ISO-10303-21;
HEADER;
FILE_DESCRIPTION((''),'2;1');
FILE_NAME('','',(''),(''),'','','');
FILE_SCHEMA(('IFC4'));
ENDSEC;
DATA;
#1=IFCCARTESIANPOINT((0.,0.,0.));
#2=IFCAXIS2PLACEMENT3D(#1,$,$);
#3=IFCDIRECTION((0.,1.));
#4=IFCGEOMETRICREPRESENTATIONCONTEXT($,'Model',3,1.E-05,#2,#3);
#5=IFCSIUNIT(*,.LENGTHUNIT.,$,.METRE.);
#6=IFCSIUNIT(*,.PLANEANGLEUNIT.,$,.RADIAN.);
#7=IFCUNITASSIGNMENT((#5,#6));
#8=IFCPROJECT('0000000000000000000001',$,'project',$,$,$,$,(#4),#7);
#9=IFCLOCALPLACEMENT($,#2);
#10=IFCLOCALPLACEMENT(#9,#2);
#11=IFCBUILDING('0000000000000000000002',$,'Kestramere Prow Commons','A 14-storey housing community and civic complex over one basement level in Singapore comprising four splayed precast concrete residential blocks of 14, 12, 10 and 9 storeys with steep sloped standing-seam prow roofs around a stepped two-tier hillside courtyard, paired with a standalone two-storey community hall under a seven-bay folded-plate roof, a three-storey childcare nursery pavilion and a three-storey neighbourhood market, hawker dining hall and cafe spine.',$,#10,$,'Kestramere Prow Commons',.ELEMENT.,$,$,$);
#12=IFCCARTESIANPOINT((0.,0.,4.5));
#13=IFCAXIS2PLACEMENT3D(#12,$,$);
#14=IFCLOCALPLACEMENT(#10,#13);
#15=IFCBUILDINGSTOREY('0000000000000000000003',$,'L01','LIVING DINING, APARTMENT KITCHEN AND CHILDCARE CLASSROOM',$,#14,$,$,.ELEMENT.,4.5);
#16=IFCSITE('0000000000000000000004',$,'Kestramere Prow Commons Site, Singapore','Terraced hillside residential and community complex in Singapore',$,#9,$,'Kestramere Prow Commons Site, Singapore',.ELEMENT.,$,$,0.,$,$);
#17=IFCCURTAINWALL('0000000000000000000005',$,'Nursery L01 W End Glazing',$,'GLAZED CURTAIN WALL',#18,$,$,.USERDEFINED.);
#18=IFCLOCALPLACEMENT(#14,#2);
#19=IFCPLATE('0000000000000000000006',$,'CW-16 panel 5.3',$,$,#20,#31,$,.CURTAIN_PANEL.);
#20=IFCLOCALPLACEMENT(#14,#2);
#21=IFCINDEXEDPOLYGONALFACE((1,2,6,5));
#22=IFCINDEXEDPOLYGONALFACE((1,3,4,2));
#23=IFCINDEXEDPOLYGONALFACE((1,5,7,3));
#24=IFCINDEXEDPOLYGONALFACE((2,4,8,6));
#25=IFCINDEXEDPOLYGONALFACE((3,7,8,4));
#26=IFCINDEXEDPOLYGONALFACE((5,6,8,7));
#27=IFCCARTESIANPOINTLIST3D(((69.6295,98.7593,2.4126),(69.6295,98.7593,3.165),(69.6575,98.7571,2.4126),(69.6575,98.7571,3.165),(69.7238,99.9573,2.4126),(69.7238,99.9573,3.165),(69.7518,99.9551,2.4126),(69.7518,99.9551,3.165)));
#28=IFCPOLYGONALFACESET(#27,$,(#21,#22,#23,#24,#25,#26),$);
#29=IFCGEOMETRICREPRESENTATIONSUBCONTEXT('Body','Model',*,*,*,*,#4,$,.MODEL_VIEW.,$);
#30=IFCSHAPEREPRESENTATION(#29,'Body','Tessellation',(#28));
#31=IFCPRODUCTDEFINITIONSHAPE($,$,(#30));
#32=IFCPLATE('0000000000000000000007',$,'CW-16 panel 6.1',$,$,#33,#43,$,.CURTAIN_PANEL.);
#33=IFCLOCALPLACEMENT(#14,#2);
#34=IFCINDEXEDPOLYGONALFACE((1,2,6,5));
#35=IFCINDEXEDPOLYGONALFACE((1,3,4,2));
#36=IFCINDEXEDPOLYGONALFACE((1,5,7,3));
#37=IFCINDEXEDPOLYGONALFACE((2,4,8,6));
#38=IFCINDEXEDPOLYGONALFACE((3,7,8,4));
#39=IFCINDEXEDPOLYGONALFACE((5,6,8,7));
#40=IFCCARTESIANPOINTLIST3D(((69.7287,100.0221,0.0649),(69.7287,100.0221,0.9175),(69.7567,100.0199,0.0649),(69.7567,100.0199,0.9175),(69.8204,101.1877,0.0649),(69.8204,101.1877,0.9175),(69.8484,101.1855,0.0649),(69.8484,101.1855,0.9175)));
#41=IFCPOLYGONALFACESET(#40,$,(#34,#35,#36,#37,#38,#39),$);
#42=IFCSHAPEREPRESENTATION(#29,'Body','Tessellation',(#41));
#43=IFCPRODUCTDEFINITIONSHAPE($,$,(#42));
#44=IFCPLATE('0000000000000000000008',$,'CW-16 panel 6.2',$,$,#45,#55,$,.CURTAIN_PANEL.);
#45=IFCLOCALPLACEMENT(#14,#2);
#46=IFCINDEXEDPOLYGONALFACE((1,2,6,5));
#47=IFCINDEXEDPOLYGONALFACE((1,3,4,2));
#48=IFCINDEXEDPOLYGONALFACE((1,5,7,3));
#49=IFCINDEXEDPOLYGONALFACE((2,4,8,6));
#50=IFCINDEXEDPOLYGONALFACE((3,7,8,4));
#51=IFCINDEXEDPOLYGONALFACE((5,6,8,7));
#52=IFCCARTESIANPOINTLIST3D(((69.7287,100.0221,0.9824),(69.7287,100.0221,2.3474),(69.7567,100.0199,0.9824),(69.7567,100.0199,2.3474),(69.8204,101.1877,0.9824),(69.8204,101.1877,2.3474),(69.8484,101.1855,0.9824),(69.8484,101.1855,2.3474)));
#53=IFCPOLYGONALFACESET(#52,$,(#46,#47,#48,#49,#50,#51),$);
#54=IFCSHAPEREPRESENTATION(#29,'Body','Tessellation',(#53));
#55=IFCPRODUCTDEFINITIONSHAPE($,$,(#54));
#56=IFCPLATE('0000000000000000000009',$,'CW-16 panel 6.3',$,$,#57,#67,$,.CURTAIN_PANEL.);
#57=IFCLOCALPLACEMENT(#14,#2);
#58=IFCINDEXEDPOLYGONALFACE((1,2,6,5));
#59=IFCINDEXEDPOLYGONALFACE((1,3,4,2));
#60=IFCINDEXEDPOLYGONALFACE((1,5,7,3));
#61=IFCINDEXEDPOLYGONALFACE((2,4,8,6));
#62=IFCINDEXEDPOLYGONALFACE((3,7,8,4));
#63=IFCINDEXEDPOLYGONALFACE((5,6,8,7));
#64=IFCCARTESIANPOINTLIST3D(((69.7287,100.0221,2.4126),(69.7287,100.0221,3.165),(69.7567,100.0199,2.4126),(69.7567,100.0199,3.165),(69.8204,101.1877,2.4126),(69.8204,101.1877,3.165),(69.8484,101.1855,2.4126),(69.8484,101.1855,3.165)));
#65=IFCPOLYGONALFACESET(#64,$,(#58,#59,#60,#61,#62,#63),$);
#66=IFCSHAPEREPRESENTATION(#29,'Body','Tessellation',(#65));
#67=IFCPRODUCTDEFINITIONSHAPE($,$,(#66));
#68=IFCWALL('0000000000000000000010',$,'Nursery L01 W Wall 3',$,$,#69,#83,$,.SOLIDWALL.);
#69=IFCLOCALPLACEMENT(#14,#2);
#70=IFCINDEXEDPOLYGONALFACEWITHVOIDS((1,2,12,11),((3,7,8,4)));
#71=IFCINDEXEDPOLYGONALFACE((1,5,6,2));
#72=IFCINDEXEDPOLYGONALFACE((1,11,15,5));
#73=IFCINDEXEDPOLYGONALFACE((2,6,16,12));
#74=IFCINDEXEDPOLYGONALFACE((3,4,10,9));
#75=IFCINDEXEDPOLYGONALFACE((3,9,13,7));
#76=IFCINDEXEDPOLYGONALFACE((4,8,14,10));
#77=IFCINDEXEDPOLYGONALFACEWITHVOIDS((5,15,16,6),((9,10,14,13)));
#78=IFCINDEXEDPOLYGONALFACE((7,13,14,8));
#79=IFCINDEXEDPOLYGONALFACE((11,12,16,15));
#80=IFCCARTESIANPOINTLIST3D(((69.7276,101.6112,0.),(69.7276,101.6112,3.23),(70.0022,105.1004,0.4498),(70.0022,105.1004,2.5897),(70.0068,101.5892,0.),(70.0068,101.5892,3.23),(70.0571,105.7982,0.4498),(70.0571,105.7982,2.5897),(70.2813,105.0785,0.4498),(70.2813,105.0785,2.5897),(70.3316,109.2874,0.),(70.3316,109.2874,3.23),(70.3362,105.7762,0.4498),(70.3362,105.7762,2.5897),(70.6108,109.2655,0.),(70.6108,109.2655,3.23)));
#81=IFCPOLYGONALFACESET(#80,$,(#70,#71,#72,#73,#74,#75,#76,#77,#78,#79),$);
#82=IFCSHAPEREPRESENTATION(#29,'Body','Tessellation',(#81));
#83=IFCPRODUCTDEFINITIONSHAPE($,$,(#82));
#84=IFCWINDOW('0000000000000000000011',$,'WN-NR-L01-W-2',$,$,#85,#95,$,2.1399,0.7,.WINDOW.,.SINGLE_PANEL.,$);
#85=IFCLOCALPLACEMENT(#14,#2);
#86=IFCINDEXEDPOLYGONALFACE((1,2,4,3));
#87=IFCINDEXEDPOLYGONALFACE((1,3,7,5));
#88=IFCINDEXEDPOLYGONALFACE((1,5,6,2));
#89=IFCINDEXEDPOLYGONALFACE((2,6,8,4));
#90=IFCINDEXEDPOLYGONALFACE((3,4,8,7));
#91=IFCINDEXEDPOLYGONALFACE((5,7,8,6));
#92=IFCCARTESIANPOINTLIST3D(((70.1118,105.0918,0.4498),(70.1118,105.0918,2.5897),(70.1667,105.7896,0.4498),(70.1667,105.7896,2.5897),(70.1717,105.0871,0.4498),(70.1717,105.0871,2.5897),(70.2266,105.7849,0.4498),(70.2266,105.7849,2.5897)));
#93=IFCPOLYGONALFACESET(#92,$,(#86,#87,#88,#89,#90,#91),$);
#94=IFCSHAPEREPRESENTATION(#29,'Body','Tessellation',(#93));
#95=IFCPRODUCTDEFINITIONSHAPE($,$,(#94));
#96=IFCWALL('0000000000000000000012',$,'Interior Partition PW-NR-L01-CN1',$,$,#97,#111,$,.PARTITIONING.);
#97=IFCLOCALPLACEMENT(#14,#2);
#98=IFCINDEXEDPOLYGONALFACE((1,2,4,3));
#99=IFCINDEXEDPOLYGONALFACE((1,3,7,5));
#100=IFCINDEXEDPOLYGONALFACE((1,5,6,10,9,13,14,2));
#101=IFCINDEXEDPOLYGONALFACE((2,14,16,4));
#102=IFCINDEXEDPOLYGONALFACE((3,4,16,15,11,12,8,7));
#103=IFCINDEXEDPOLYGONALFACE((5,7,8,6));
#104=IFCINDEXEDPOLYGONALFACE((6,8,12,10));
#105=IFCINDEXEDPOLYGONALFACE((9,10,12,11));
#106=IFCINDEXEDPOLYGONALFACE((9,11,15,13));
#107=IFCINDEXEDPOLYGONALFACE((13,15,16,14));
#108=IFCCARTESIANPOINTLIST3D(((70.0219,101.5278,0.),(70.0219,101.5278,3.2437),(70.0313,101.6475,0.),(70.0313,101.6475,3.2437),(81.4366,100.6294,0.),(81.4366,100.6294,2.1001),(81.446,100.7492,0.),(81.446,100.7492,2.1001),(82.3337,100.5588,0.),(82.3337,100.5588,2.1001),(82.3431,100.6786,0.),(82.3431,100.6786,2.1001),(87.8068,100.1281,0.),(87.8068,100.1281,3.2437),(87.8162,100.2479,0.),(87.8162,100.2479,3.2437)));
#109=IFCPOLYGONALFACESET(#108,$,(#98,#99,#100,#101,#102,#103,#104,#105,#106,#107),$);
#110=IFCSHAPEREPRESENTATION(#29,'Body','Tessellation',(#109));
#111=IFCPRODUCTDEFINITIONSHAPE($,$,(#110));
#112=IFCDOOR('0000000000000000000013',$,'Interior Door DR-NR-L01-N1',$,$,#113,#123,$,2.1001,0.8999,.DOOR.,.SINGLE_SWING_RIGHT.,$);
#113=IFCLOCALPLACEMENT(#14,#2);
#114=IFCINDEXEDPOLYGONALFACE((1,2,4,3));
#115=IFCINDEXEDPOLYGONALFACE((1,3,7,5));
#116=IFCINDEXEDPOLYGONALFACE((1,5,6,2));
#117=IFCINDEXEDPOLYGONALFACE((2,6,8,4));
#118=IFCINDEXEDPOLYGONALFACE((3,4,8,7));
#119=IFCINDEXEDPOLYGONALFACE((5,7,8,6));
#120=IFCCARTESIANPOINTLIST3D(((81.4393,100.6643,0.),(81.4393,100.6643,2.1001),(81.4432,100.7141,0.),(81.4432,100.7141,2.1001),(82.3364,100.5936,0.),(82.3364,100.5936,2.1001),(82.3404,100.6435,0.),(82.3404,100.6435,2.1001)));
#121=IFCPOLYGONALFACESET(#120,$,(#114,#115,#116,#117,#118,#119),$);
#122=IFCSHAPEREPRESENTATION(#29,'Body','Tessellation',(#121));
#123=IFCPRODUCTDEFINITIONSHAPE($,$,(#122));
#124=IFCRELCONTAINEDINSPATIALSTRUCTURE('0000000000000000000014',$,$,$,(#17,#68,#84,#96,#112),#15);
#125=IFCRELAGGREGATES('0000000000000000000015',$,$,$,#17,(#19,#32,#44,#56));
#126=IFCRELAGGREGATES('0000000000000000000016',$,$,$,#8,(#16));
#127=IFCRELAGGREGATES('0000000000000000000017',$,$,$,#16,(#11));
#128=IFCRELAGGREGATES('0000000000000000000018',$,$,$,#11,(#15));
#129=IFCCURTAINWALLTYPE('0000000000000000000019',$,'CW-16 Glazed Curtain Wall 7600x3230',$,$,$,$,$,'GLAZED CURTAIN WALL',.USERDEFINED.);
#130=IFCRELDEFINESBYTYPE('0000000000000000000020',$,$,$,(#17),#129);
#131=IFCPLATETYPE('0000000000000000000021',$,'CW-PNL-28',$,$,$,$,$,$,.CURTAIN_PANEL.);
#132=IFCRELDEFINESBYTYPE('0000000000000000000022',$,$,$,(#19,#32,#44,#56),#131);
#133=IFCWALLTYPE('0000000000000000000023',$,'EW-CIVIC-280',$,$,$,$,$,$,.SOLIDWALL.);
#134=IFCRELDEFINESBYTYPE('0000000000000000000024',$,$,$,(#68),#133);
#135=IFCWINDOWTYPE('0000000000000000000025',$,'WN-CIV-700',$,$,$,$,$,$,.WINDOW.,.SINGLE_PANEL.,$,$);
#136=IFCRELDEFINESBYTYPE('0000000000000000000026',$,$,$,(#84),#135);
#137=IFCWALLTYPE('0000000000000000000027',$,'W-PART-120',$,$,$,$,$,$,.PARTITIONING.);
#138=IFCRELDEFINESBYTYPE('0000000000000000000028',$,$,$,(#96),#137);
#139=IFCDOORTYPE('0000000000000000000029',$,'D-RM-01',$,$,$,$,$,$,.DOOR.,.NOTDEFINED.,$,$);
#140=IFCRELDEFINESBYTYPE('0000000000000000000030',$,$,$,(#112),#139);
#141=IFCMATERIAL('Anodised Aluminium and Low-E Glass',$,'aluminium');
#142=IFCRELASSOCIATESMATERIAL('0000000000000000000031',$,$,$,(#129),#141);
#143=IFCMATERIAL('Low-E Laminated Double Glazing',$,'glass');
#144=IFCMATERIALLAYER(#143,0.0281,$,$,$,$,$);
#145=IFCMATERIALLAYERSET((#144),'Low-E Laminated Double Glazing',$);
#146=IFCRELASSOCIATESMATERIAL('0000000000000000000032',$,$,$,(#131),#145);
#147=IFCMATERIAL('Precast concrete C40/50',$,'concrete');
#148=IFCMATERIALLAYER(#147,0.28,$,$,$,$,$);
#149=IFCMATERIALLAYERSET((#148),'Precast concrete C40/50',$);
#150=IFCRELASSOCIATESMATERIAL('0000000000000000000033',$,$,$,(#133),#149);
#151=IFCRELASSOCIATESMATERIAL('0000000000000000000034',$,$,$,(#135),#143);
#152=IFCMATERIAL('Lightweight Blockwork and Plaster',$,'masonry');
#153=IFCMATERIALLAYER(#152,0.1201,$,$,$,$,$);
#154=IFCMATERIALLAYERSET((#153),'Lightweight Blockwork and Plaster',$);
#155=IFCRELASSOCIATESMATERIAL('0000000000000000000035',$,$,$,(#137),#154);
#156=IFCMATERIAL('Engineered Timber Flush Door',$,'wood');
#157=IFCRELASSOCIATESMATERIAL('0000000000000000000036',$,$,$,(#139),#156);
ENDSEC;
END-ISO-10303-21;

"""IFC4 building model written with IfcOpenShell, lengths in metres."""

from ifc_helpers import new_model, si_unit, direction, frame, frame_2d, origin, origin_2d, place, context, subcontext, project, spatial, rectangle, extrude, material, layer, layer_set, type_object, element, fill, aggregate, save


model = new_model("IFC4")

# Units and contexts
model_context = context("Model", 3, precision=1e-05, world=origin(), true_north=direction((0.0, 1.0)))
body_context = subcontext(model_context, "Body", "Model", "MODEL_VIEW")
ifc_project = project(units=[si_unit("LENGTHUNIT", "METRE"), si_unit("PLANEANGLEUNIT", "RADIAN")], contexts=[model_context])

# Site, building, storey
site_placement = place(None, origin())
site = spatial("IfcSite", under=ifc_project, at=site_placement, Name="Kestramere Prow Commons Site, Singapore", Description="Terraced hillside residential and community complex in Singapore", LongName="Kestramere Prow Commons Site, Singapore", CompositionType="ELEMENT", RefElevation=0.0)
building_placement = place(site_placement, origin())
building = spatial("IfcBuilding", under=site, at=building_placement, Name="Kestramere Prow Commons", Description="A 14-storey housing community and civic complex over one basement level in Singapore comprising four splayed precast concrete residential blocks of 14, 12, 10 and 9 storeys with steep sloped standing-seam prow roofs around a stepped two-tier hillside courtyard, paired with a standalone two-storey community hall under a seven-bay folded-plate roof, a three-storey childcare nursery pavilion and a three-storey neighbourhood market, hawker dining hall and cafe spine.", LongName="Kestramere Prow Commons", CompositionType="ELEMENT")
storey_placement = place(building_placement, frame((0.0, 0.0, 4.5)))
storey = spatial("IfcBuildingStorey", under=building, at=storey_placement, Name="L01", Description="LIVING DINING, APARTMENT KITCHEN AND CHILDCARE CLASSROOM", CompositionType="ELEMENT", Elevation=4.5)

# Curtain wall, plates
ifc_material_1 = material(Name="Anodised Aluminium and Low-E Glass", Category="aluminium")
curtain_wall_type = type_object("IfcCurtainWallType", Name="CW-16 Glazed Curtain Wall 7600x3230", ElementType="GLAZED CURTAIN WALL", PredefinedType="USERDEFINED", material=ifc_material_1)
curtain_wall_placement = place(storey_placement, origin())
curtain_wall = element("IfcCurtainWall", 1, at=curtain_wall_placement, inside=storey, type_object=curtain_wall_type, Name="Nursery L01 W End Glazing", ObjectType="GLAZED CURTAIN WALL", PredefinedType="USERDEFINED")
ifc_material_2 = material(Name="Low-E Laminated Double Glazing", Category="glass")
ifc_layer_1 = layer(ifc_material_2, 0.0281)
ifc_layer_set_1 = layer_set([ifc_layer_1], Name="Low-E Laminated Double Glazing")
plate_type = type_object("IfcPlateType", Name="CW-PNL-28", PredefinedType="CURTAIN_PANEL", material=ifc_layer_set_1)
plate_1_placement = place(storey_placement, frame((69.6907, 99.3572, 2.4126), z_axis=(0.0, 0.0, 1.0), x_axis=(0.078459, 0.996917, 0.0)))
plate_1 = element("IfcPlate", 2, at=plate_1_placement, type_object=plate_type, Name="CW-16 panel 5.3", PredefinedType="CURTAIN_PANEL", context=body_context, shape_type="SweptSolid", body=[
    extrude(rectangle(XDim=1.2017, YDim=0.0281, at=origin_2d()), origin(), (0.0, 0.0, 1.0), 0.7524),
])
plate_2_placement = place(storey_placement, frame((69.7886, 100.6038, 0.0649), z_axis=(0.0, 0.0, 1.0), x_axis=(0.078459, 0.996917, 0.0)))
plate_2 = element("IfcPlate", 3, at=plate_2_placement, type_object=plate_type, Name="CW-16 panel 6.1", PredefinedType="CURTAIN_PANEL", context=body_context, shape_type="SweptSolid", body=[
    extrude(rectangle(XDim=1.1692, YDim=0.0281, at=origin_2d()), origin(), (0.0, 0.0, 1.0), 0.8525),
])
plate_3_placement = place(storey_placement, frame((69.7886, 100.6038, 0.9824), z_axis=(0.0, 0.0, 1.0), x_axis=(0.078459, 0.996917, 0.0)))
plate_3 = element("IfcPlate", 4, at=plate_3_placement, type_object=plate_type, Name="CW-16 panel 6.2", PredefinedType="CURTAIN_PANEL", context=body_context, shape_type="SweptSolid", body=[
    extrude(rectangle(XDim=1.1692, YDim=0.0281, at=origin_2d()), origin(), (0.0, 0.0, 1.0), 1.365),
])
plate_4_placement = place(storey_placement, frame((69.7886, 100.6038, 2.4126), z_axis=(0.0, 0.0, 1.0), x_axis=(0.078459, 0.996917, 0.0)))
plate_4 = element("IfcPlate", 5, at=plate_4_placement, type_object=plate_type, Name="CW-16 panel 6.3", PredefinedType="CURTAIN_PANEL", context=body_context, shape_type="SweptSolid", body=[
    extrude(rectangle(XDim=1.1692, YDim=0.0281, at=origin_2d()), origin(), (0.0, 0.0, 1.0), 0.7524),
])
aggregate(curtain_wall, [plate_1, plate_2, plate_3, plate_4])

# Wall, opening, window
ifc_material_3 = material(Name="Precast concrete C40/50", Category="concrete")
ifc_layer_2 = layer(ifc_material_3, 0.28)
ifc_layer_set_2 = layer_set([ifc_layer_2], Name="Precast concrete C40/50")
wall_type_1 = type_object("IfcWallType", Name="EW-CIVIC-280", PredefinedType="SOLIDWALL", material=ifc_layer_set_2)
wall_1_placement = place(storey_placement, frame((69.8672, 101.6001, 0.0), z_axis=(0.0, 0.0, 1.0), x_axis=(0.078442, 0.996919, 0.0)))
wall_1 = element("IfcWall", 6, at=wall_1_placement, inside=storey, type_object=wall_type_1, Name="Nursery L01 W Wall 3", PredefinedType="SOLIDWALL", context=body_context, shape_type="SweptSolid", body=[
    extrude(rectangle(XDim=7.7, YDim=0.28, at=frame_2d((3.8501, 0.0))), origin(), (0.0, 0.0, 1.0), 3.23),
])
opening_1_placement = place(wall_1_placement, frame((3.5, 0.0, 0.45)))
opening_1 = element("IfcOpeningElement", 7, at=opening_1_placement, cuts=wall_1, PredefinedType="OPENING", context=body_context, shape_type="SweptSolid", body=[
    extrude(rectangle(XDim=0.7, YDim=2.1399, at=frame_2d((0.3501, 1.0698))), frame((0.0, 0.155, 0.0), z_axis=(0.0, -1.0, 0.0), x_axis=(1.0, 0.0, 0.0)), (0.0, 0.0, 1.0), 0.3101),
])
window_type = type_object("IfcWindowType", Name="WN-CIV-700", PartitioningType="SINGLE_PANEL", PredefinedType="WINDOW", material=ifc_material_2)
window_placement = place(opening_1_placement, origin())
window = element("IfcWindow", 8, at=window_placement, inside=storey, type_object=window_type, Name="WN-NR-L01-W-2", OverallHeight=2.1399, OverallWidth=0.7, PartitioningType="SINGLE_PANEL", PredefinedType="WINDOW", context=body_context, shape_type="SweptSolid", body=[
    extrude(rectangle(XDim=0.7, YDim=2.1399, at=frame_2d((0.3501, 1.0698))), frame((0.0, 0.03, 0.0), z_axis=(0.0, -1.0, 0.0), x_axis=(1.0, 0.0, 0.0)), (0.0, 0.0, 1.0), 0.0601),
])
fill(opening_1, window)

# Wall, opening, door
ifc_material_4 = material(Name="Lightweight Blockwork and Plaster", Category="masonry")
ifc_layer_3 = layer(ifc_material_4, 0.1201)
ifc_layer_set_3 = layer_set([ifc_layer_3], Name="Lightweight Blockwork and Plaster")
wall_type_2 = type_object("IfcWallType", Name="W-PART-120", PredefinedType="PARTITIONING", material=ifc_layer_set_3)
wall_2_placement = place(storey_placement, frame((70.0266, 101.5876, 0.0), z_axis=(0.0, 0.0, 1.0), x_axis=(0.996918, -0.078457, 0.0)))
wall_2 = element("IfcWall", 9, at=wall_2_placement, inside=storey, type_object=wall_type_2, Name="Interior Partition PW-NR-L01-CN1", PredefinedType="PARTITIONING", context=body_context, shape_type="SweptSolid", body=[
    extrude(rectangle(XDim=17.8398, YDim=0.1201, at=frame_2d((8.9199, 0.0))), origin(), (0.0, 0.0, 1.0), 3.2437),
])
opening_2_placement = place(wall_2_placement, frame((11.45, 0.0, 0.0)))
opening_2 = element("IfcOpeningElement", 10, at=opening_2_placement, cuts=wall_2, PredefinedType="OPENING", context=body_context, shape_type="SweptSolid", body=[
    extrude(rectangle(XDim=0.8999, YDim=2.1001, at=frame_2d((0.45, 1.05))), frame((0.0, 0.075, 0.0), z_axis=(0.0, -1.0, 0.0), x_axis=(1.0, 0.0, 0.0)), (0.0, 0.0, 1.0), 0.1501),
])
ifc_material_5 = material(Name="Engineered Timber Flush Door", Category="wood")
door_type = type_object("IfcDoorType", Name="D-RM-01", OperationType="NOTDEFINED", PredefinedType="DOOR", material=ifc_material_5)
door_placement = place(opening_2_placement, origin())
door = element("IfcDoor", 11, at=door_placement, inside=storey, type_object=door_type, Name="Interior Door DR-NR-L01-N1", OperationType="SINGLE_SWING_RIGHT", OverallHeight=2.1001, OverallWidth=0.8999, PredefinedType="DOOR", context=body_context, shape_type="SweptSolid", body=[
    extrude(rectangle(XDim=0.8999, YDim=2.1001, at=frame_2d((0.45, 1.05))), frame((0.0, 0.0249, 0.0), z_axis=(0.0, -1.0, 0.0), x_axis=(1.0, 0.0, 0.0)), (0.0, 0.0, 1.0), 0.05),
])
fill(opening_2, door)

save(model, "model.ifc")
